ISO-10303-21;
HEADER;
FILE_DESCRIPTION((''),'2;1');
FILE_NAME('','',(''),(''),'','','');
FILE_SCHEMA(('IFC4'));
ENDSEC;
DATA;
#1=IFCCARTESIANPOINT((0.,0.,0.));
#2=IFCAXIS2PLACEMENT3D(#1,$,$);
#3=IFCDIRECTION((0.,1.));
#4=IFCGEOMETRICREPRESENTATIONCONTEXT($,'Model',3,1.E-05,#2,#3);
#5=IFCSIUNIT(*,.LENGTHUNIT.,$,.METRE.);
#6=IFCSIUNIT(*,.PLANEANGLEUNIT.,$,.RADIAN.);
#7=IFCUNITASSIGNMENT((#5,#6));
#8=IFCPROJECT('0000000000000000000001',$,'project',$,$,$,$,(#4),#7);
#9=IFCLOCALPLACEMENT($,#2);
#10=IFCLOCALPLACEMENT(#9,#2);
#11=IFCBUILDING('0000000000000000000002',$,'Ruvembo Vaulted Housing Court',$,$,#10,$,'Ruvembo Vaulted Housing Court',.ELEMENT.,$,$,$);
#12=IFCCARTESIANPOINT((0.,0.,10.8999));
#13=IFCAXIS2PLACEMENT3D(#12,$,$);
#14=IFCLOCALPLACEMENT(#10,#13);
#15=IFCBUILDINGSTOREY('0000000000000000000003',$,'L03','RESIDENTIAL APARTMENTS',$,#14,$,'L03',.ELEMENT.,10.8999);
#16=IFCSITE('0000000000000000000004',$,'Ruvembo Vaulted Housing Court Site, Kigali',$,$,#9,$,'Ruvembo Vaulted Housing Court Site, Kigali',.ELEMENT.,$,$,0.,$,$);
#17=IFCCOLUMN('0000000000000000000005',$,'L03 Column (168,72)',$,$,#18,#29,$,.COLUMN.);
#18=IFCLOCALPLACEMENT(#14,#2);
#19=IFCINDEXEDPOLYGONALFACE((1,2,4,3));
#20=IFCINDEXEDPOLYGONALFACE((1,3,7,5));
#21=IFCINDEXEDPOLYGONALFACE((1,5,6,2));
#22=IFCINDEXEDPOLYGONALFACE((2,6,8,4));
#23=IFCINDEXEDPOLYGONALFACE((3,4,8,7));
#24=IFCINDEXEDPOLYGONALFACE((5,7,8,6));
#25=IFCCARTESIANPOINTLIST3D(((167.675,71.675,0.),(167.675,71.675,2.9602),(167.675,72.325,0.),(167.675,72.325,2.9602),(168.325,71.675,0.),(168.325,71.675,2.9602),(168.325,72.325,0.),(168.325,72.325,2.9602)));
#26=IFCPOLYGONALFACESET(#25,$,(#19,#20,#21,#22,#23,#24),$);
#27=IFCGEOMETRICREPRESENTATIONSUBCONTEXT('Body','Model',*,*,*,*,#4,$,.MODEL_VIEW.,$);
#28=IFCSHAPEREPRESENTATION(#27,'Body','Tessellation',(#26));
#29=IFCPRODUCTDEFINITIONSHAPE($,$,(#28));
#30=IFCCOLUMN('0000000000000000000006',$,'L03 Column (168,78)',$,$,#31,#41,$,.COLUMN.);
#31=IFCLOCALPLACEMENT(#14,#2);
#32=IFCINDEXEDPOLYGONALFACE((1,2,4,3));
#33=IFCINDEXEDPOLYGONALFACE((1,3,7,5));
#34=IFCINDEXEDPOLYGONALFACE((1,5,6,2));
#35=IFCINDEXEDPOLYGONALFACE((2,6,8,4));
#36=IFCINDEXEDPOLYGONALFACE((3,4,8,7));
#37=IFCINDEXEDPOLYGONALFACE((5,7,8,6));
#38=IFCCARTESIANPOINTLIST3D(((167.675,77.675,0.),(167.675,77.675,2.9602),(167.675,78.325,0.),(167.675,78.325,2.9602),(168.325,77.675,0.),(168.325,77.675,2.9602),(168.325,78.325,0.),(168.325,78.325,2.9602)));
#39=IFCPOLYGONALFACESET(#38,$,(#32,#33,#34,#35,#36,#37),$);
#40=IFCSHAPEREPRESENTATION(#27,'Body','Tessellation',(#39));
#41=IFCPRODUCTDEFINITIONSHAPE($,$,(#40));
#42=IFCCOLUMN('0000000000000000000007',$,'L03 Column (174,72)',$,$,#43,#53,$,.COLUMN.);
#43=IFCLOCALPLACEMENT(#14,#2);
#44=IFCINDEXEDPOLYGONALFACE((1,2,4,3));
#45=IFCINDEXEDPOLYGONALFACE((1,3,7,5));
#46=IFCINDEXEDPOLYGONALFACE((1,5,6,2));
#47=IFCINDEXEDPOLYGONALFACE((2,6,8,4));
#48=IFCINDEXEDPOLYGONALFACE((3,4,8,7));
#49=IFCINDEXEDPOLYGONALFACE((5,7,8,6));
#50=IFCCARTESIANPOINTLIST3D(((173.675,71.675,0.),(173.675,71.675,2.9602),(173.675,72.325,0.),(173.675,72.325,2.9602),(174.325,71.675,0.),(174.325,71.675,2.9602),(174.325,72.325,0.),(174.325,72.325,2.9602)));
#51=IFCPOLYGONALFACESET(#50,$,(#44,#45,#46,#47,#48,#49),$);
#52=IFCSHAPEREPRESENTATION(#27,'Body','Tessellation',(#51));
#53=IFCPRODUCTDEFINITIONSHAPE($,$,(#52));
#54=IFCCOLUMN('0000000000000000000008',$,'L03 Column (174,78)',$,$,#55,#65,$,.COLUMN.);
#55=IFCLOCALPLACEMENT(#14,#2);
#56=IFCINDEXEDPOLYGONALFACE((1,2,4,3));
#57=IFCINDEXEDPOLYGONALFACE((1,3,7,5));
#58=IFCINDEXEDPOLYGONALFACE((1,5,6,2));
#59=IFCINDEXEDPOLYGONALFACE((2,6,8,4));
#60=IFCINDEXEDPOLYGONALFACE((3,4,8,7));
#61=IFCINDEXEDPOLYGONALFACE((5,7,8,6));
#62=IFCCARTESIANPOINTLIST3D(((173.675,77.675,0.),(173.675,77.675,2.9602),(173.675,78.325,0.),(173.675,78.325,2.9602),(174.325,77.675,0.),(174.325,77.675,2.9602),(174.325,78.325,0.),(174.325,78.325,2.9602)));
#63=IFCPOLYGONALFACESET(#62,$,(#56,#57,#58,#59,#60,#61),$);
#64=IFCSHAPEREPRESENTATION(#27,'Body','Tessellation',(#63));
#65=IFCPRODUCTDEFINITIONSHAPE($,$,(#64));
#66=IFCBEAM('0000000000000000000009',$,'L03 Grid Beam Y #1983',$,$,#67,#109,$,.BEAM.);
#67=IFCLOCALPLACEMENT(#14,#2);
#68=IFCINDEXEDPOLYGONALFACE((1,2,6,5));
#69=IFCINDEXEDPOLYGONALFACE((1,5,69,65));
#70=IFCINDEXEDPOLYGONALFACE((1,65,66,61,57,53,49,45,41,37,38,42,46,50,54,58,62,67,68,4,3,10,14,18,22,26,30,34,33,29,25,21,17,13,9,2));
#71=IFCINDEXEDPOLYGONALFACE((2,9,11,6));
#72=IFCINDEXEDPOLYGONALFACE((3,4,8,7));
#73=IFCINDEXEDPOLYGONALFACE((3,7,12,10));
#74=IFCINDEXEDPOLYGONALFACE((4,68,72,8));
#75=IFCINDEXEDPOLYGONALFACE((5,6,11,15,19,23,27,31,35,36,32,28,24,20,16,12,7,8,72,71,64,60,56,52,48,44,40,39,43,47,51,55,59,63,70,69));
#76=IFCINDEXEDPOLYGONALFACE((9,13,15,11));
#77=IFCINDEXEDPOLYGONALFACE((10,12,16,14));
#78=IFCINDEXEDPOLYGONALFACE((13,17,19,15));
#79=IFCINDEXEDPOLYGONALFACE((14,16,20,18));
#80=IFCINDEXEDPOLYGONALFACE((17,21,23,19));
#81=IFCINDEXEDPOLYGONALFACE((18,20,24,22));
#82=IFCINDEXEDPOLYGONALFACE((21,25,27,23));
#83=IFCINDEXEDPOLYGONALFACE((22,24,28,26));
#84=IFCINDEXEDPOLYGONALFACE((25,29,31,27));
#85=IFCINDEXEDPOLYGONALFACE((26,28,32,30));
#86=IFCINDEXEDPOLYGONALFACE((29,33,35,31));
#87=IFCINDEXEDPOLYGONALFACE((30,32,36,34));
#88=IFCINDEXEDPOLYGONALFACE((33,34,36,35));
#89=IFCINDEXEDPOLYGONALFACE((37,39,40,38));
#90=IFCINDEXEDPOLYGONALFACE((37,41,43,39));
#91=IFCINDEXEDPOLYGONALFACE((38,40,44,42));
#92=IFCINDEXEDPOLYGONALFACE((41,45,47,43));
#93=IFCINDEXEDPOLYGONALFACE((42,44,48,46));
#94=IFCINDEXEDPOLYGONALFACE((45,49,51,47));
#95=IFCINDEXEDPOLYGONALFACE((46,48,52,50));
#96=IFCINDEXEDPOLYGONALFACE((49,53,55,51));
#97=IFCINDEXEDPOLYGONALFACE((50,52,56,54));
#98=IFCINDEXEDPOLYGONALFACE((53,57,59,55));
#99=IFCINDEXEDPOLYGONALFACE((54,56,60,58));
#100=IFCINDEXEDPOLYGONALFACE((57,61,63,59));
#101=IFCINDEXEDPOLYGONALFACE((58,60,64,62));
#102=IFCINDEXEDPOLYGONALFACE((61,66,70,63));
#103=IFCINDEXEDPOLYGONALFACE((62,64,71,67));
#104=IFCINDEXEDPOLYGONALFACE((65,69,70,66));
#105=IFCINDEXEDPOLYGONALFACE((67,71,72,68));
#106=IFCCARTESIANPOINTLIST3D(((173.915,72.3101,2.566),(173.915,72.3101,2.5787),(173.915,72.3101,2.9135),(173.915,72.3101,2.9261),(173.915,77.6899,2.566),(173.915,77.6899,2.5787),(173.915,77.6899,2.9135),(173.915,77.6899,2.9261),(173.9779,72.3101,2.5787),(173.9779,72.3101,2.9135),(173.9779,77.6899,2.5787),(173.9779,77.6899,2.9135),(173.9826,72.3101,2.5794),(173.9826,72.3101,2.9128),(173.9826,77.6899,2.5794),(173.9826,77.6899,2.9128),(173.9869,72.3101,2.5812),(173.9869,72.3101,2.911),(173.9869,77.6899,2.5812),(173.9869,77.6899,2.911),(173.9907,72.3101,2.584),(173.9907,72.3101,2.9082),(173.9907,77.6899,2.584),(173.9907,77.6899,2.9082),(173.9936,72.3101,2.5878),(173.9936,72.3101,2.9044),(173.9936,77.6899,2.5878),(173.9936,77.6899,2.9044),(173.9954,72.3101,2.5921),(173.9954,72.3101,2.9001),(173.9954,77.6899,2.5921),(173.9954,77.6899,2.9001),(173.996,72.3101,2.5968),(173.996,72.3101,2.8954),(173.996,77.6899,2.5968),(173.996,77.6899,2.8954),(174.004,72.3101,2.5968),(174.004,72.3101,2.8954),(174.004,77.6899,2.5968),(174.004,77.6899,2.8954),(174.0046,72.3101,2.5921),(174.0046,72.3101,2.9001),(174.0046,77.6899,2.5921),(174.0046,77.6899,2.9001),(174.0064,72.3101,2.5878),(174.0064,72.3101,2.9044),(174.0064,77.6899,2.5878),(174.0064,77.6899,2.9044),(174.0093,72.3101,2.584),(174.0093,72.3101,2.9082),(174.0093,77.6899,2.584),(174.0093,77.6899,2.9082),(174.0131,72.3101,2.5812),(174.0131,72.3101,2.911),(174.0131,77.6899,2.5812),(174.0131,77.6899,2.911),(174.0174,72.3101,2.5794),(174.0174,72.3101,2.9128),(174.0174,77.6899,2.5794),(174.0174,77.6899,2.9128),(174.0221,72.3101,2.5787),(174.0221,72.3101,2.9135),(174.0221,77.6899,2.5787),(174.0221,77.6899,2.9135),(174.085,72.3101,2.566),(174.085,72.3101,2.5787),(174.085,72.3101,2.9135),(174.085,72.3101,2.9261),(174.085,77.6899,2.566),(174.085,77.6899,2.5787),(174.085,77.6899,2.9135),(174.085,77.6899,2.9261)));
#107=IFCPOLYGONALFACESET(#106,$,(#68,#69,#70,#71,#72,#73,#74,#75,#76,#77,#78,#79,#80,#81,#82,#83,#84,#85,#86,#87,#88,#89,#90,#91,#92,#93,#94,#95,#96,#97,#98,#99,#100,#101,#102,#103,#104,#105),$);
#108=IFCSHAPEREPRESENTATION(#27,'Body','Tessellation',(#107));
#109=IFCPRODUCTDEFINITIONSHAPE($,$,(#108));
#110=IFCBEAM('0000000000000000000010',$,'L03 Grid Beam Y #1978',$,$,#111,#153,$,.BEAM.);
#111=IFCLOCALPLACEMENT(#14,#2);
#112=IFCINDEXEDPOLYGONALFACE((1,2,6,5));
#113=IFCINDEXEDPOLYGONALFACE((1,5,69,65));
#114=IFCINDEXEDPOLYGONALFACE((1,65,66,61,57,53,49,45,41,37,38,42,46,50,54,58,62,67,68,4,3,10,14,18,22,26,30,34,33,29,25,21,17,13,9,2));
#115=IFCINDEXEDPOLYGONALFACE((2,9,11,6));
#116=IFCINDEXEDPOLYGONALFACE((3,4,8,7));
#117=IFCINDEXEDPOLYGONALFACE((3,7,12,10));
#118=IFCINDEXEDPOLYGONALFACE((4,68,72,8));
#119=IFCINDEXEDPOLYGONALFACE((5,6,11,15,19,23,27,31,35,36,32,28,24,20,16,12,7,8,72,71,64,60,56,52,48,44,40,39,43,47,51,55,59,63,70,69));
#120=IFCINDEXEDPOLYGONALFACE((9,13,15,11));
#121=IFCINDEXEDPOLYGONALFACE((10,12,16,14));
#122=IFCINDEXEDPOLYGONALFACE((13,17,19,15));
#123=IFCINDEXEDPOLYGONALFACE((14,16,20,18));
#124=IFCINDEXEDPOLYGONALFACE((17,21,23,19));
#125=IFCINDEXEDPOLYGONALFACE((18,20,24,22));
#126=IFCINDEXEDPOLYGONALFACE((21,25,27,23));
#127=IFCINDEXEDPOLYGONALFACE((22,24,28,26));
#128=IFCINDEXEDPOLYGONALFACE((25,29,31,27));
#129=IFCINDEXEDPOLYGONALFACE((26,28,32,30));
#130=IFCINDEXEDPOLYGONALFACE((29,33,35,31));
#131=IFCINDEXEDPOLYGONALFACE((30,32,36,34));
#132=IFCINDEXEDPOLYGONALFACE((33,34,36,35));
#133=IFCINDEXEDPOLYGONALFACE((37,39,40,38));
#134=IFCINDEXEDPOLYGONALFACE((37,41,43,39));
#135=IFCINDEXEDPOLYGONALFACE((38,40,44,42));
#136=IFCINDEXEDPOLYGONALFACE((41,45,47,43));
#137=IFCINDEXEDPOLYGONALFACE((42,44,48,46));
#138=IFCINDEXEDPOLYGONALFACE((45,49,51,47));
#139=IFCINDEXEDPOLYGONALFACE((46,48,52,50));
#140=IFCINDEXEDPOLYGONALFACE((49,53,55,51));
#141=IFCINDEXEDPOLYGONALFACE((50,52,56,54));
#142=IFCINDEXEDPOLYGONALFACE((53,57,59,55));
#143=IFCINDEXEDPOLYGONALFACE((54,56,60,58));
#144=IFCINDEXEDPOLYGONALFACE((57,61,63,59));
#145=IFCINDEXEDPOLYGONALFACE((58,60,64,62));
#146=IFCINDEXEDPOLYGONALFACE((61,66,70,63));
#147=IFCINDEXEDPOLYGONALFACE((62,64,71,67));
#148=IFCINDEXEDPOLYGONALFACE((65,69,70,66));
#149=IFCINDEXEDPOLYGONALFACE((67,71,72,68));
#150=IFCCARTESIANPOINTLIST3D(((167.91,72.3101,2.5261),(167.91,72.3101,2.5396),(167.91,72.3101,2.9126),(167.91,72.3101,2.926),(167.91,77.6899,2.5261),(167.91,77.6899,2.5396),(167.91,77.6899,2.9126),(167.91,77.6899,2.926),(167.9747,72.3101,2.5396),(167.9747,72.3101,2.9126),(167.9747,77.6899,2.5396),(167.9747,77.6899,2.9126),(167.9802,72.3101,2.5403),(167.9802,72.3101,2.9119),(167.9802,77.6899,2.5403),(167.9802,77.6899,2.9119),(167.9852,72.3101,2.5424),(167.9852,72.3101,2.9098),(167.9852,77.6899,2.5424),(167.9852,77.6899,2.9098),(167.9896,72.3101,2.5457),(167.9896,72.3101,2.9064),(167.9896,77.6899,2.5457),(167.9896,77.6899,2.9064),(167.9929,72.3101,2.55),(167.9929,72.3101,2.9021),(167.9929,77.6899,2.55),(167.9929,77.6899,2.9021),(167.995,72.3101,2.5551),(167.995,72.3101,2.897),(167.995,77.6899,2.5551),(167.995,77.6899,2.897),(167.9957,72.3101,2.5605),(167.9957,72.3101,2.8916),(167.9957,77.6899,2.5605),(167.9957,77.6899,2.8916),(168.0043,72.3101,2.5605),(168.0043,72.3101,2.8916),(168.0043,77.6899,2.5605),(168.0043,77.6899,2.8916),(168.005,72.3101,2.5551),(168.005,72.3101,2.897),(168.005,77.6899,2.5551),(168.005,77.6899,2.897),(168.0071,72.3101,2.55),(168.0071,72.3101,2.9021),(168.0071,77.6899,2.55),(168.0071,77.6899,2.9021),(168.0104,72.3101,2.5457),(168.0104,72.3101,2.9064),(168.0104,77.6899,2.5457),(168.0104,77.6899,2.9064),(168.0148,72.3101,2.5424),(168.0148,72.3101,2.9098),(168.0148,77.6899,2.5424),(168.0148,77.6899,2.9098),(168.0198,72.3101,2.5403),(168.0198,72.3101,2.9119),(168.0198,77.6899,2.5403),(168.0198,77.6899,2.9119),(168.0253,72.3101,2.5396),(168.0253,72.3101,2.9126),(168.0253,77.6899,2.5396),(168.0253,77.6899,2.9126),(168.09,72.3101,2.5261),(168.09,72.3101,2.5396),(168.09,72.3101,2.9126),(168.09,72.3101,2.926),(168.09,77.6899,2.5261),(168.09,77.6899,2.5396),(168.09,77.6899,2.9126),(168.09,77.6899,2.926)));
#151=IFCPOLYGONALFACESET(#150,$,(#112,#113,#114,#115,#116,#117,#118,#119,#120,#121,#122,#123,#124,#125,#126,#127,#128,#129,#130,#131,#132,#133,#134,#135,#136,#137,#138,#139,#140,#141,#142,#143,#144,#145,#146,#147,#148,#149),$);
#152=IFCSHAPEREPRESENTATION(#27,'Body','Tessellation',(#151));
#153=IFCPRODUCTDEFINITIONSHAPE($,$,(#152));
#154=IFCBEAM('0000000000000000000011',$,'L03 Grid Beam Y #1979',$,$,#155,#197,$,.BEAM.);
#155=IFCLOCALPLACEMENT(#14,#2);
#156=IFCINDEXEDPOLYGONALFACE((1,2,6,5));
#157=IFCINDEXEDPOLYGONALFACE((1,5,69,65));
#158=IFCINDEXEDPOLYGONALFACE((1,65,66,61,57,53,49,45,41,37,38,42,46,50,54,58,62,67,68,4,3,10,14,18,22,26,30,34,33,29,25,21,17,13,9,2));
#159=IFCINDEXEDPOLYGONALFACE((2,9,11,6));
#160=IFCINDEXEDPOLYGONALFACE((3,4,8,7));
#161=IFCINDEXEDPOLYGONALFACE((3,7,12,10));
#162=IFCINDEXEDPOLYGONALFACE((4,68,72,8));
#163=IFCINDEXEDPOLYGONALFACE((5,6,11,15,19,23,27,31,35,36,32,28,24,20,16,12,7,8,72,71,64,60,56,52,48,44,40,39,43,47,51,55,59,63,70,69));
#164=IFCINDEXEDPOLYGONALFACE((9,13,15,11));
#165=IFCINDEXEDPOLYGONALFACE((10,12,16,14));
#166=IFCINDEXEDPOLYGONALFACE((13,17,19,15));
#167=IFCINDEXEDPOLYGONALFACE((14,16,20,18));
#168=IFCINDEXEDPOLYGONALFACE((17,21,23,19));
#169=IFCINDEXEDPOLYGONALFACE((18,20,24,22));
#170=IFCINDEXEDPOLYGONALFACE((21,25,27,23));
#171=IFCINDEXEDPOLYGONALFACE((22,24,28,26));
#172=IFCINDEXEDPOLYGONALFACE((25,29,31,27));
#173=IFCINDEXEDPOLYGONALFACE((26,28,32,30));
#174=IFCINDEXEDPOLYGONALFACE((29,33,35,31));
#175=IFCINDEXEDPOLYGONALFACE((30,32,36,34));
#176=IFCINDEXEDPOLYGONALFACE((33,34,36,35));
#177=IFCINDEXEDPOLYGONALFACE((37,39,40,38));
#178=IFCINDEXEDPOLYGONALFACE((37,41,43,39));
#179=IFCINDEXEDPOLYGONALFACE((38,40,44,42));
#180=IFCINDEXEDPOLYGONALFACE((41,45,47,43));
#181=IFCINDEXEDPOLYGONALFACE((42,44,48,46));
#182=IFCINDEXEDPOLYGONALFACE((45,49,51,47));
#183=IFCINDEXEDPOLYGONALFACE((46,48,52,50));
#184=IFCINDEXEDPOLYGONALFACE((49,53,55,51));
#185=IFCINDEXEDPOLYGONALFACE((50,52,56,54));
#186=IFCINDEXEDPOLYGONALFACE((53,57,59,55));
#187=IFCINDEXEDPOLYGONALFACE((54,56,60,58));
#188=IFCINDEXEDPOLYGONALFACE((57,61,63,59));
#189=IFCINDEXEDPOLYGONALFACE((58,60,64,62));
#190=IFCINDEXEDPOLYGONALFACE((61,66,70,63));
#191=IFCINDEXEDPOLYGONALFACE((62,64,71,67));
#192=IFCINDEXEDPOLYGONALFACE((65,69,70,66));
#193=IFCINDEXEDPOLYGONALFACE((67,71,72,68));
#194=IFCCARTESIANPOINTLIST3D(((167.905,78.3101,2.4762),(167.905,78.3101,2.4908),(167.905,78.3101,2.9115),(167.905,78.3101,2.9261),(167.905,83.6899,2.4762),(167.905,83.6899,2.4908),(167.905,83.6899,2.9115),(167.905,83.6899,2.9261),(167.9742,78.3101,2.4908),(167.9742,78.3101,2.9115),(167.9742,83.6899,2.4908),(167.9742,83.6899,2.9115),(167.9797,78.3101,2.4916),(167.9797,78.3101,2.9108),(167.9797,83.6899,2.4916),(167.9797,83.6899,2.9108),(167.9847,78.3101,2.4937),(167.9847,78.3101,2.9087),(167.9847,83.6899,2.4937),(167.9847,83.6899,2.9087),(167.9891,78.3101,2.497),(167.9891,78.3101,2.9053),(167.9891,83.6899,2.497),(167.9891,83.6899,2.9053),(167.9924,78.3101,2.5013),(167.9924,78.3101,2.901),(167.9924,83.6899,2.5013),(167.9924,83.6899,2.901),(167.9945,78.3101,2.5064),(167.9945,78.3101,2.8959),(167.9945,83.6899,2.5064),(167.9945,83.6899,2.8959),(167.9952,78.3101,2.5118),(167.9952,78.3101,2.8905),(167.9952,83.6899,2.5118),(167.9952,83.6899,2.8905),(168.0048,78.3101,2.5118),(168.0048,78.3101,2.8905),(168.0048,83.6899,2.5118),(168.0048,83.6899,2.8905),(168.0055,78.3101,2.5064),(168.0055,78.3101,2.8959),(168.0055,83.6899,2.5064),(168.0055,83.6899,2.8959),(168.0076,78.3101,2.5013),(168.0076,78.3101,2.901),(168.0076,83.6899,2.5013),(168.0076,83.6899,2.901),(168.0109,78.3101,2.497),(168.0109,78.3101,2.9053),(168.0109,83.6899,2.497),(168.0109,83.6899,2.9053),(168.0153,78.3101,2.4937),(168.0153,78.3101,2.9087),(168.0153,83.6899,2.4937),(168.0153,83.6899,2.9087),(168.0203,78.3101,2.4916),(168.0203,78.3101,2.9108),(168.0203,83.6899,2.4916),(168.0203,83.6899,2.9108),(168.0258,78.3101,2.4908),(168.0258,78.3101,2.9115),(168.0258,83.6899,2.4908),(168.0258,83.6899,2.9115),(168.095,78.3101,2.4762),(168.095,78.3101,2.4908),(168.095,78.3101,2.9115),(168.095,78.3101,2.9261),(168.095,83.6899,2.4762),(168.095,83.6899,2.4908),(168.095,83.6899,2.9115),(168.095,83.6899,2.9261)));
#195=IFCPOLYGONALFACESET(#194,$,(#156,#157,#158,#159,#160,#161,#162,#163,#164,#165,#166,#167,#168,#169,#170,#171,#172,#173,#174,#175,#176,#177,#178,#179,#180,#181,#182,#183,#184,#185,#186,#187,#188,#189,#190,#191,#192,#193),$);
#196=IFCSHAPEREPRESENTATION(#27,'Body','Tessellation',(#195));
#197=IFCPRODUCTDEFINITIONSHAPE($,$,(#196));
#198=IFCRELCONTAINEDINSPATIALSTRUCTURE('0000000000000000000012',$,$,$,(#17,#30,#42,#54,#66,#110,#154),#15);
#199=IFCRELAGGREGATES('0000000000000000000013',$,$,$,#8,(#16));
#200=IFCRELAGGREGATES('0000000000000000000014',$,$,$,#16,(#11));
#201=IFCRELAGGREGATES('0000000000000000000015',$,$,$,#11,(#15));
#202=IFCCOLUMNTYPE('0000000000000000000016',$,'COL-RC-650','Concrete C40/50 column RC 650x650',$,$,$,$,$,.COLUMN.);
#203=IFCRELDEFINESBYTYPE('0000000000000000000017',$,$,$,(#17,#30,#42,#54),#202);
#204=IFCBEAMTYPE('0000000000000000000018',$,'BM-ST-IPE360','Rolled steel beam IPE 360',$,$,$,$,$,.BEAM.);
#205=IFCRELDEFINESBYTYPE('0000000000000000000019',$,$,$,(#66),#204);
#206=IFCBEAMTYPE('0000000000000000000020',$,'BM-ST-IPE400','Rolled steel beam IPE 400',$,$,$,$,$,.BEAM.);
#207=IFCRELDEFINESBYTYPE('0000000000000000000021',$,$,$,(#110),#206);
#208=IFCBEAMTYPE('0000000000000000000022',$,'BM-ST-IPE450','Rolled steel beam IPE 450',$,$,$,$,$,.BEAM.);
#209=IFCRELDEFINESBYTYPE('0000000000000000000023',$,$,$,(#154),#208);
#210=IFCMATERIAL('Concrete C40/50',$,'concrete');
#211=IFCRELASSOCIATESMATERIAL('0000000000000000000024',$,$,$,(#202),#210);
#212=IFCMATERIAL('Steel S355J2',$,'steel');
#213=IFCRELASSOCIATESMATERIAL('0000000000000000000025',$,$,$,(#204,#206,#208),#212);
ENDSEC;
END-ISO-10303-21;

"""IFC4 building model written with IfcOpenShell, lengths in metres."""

from ifc_helpers import new_model, si_unit, direction, frame, origin, origin_2d, place, context, subcontext, project, spatial, rectangle, i_section, extrude, material, material_profile, profile_set, type_object, element, save


model = new_model("IFC4")

# Units and contexts
model_context = context("Model", 3, precision=1e-05, world=origin(), true_north=direction((0.0, 1.0)))
body_context = subcontext(model_context, "Body", "Model", "MODEL_VIEW")
ifc_project = project(units=[si_unit("LENGTHUNIT", "METRE"), si_unit("PLANEANGLEUNIT", "RADIAN")], contexts=[model_context])

# Site, building, storey
site_placement = place(None, origin())
site = spatial("IfcSite", under=ifc_project, at=site_placement, Name="Ruvembo Vaulted Housing Court Site, Kigali", LongName="Ruvembo Vaulted Housing Court Site, Kigali", CompositionType="ELEMENT", RefElevation=0.0)
building_placement = place(site_placement, origin())
building = spatial("IfcBuilding", under=site, at=building_placement, Name="Ruvembo Vaulted Housing Court", LongName="Ruvembo Vaulted Housing Court", CompositionType="ELEMENT")
storey_placement = place(building_placement, frame((0.0, 0.0, 10.8999)))
storey = spatial("IfcBuildingStorey", under=building, at=storey_placement, Name="L03", Description="RESIDENTIAL APARTMENTS", LongName="L03", CompositionType="ELEMENT", Elevation=10.8999)

# Columns
ifc_material_1 = material(Name="Concrete C40/50", Category="concrete")
ifc_material_profile_1 = material_profile(ifc_material_1, rectangle(XDim=0.6499, YDim=0.6499, at=origin_2d()), Name="RC 650x650")
ifc_profile_set_1 = profile_set([ifc_material_profile_1], Name="Concrete C40/50")
column_type = type_object("IfcColumnType", Name="COL-RC-650", Description="Concrete C40/50 column RC 650x650", PredefinedType="COLUMN", material=ifc_profile_set_1)
for number, where, z_axis, x_axis, name in (
    (1, (168.0, 72.0, 0.0), (0.0, 0.0, 1.0), (1.0, 0.0, 0.0), "L03 Column (168,72)"),
    (2, (168.0, 78.0, 0.0), (0.0, 0.0, 1.0), (1.0, 0.0, 0.0), "L03 Column (168,78)"),
    (3, (174.0, 72.0, 0.0), (0.0, 0.0, 1.0), (1.0, 0.0, 0.0), "L03 Column (174,72)"),
    (4, (174.0, 78.0, 0.0), (0.0, 0.0, 1.0), (1.0, 0.0, 0.0), "L03 Column (174,78)"),
):
    element("IfcColumn", number, at=place(storey_placement, frame(where, z_axis=z_axis, x_axis=x_axis)), inside=storey, type_object=column_type, Name=name, PredefinedType="COLUMN", context=body_context, shape_type="SweptSolid", body=[
        extrude(rectangle(XDim=0.6499, YDim=0.6499, at=origin_2d()), origin(), (0.0, 0.0, 1.0), 2.9602),
    ])

# Beams
ifc_material_2 = material(Name="Steel S355J2", Category="steel")
ifc_material_profile_2 = material_profile(ifc_material_2, i_section(OverallWidth=0.1699, OverallDepth=0.3601, WebThickness=0.0081, FlangeThickness=0.0127, FilletRadius=0.0181, at=origin_2d()), Name="IPE 360")
ifc_profile_set_2 = profile_set([ifc_material_profile_2], Name="Steel S355J2")
beam_type_1 = type_object("IfcBeamType", Name="BM-ST-IPE360", Description="Rolled steel beam IPE 360", PredefinedType="BEAM", material=ifc_profile_set_2)
beam_1_placement = place(storey_placement, frame((174.0, 72.3101, 2.7461), z_axis=(0.0, 1.0, 0.0), x_axis=(-1.0, 0.0, 0.0)))
element("IfcBeam", 5, at=beam_1_placement, inside=storey, type_object=beam_type_1, Name="L03 Grid Beam Y #1983", PredefinedType="BEAM", context=body_context, shape_type="SweptSolid", body=[
    extrude(i_section(OverallWidth=0.1699, OverallDepth=0.3601, WebThickness=0.0081, FlangeThickness=0.0127, FilletRadius=0.0181, at=origin_2d()), origin(), (0.0, 0.0, 1.0), 5.3799),
])
ifc_material_profile_3 = material_profile(ifc_material_2, i_section(OverallWidth=0.1799, OverallDepth=0.3999, WebThickness=0.0085, FlangeThickness=0.0134, FilletRadius=0.021, at=origin_2d()), Name="IPE 400")
ifc_profile_set_3 = profile_set([ifc_material_profile_3], Name="Steel S355J2")
beam_type_2 = type_object("IfcBeamType", Name="BM-ST-IPE400", Description="Rolled steel beam IPE 400", PredefinedType="BEAM", material=ifc_profile_set_3)
beam_2_placement = place(storey_placement, frame((168.0, 72.3101, 2.7261), z_axis=(0.0, 1.0, 0.0), x_axis=(-1.0, 0.0, 0.0)))
element("IfcBeam", 6, at=beam_2_placement, inside=storey, type_object=beam_type_2, Name="L03 Grid Beam Y #1978", PredefinedType="BEAM", context=body_context, shape_type="SweptSolid", body=[
    extrude(i_section(OverallWidth=0.1799, OverallDepth=0.3999, WebThickness=0.0085, FlangeThickness=0.0134, FilletRadius=0.021, at=origin_2d()), origin(), (0.0, 0.0, 1.0), 5.3799),
])
ifc_material_profile_4 = material_profile(ifc_material_2, i_section(OverallWidth=0.1899, OverallDepth=0.45, WebThickness=0.0095, FlangeThickness=0.0146, FilletRadius=0.021, at=origin_2d()), Name="IPE 450")
ifc_profile_set_4 = profile_set([ifc_material_profile_4], Name="Steel S355J2")
beam_type_3 = type_object("IfcBeamType", Name="BM-ST-IPE450", Description="Rolled steel beam IPE 450", PredefinedType="BEAM", material=ifc_profile_set_4)
beam_3_placement = place(storey_placement, frame((168.0, 78.3101, 2.7012), z_axis=(0.0, 1.0, 0.0), x_axis=(-1.0, 0.0, 0.0)))
element("IfcBeam", 7, at=beam_3_placement, inside=storey, type_object=beam_type_3, Name="L03 Grid Beam Y #1979", PredefinedType="BEAM", context=body_context, shape_type="SweptSolid", body=[
    extrude(i_section(OverallWidth=0.1899, OverallDepth=0.45, WebThickness=0.0095, FlangeThickness=0.0146, FilletRadius=0.021, at=origin_2d()), origin(), (0.0, 0.0, 1.0), 5.3799),
])

save(model, "model.ifc")
